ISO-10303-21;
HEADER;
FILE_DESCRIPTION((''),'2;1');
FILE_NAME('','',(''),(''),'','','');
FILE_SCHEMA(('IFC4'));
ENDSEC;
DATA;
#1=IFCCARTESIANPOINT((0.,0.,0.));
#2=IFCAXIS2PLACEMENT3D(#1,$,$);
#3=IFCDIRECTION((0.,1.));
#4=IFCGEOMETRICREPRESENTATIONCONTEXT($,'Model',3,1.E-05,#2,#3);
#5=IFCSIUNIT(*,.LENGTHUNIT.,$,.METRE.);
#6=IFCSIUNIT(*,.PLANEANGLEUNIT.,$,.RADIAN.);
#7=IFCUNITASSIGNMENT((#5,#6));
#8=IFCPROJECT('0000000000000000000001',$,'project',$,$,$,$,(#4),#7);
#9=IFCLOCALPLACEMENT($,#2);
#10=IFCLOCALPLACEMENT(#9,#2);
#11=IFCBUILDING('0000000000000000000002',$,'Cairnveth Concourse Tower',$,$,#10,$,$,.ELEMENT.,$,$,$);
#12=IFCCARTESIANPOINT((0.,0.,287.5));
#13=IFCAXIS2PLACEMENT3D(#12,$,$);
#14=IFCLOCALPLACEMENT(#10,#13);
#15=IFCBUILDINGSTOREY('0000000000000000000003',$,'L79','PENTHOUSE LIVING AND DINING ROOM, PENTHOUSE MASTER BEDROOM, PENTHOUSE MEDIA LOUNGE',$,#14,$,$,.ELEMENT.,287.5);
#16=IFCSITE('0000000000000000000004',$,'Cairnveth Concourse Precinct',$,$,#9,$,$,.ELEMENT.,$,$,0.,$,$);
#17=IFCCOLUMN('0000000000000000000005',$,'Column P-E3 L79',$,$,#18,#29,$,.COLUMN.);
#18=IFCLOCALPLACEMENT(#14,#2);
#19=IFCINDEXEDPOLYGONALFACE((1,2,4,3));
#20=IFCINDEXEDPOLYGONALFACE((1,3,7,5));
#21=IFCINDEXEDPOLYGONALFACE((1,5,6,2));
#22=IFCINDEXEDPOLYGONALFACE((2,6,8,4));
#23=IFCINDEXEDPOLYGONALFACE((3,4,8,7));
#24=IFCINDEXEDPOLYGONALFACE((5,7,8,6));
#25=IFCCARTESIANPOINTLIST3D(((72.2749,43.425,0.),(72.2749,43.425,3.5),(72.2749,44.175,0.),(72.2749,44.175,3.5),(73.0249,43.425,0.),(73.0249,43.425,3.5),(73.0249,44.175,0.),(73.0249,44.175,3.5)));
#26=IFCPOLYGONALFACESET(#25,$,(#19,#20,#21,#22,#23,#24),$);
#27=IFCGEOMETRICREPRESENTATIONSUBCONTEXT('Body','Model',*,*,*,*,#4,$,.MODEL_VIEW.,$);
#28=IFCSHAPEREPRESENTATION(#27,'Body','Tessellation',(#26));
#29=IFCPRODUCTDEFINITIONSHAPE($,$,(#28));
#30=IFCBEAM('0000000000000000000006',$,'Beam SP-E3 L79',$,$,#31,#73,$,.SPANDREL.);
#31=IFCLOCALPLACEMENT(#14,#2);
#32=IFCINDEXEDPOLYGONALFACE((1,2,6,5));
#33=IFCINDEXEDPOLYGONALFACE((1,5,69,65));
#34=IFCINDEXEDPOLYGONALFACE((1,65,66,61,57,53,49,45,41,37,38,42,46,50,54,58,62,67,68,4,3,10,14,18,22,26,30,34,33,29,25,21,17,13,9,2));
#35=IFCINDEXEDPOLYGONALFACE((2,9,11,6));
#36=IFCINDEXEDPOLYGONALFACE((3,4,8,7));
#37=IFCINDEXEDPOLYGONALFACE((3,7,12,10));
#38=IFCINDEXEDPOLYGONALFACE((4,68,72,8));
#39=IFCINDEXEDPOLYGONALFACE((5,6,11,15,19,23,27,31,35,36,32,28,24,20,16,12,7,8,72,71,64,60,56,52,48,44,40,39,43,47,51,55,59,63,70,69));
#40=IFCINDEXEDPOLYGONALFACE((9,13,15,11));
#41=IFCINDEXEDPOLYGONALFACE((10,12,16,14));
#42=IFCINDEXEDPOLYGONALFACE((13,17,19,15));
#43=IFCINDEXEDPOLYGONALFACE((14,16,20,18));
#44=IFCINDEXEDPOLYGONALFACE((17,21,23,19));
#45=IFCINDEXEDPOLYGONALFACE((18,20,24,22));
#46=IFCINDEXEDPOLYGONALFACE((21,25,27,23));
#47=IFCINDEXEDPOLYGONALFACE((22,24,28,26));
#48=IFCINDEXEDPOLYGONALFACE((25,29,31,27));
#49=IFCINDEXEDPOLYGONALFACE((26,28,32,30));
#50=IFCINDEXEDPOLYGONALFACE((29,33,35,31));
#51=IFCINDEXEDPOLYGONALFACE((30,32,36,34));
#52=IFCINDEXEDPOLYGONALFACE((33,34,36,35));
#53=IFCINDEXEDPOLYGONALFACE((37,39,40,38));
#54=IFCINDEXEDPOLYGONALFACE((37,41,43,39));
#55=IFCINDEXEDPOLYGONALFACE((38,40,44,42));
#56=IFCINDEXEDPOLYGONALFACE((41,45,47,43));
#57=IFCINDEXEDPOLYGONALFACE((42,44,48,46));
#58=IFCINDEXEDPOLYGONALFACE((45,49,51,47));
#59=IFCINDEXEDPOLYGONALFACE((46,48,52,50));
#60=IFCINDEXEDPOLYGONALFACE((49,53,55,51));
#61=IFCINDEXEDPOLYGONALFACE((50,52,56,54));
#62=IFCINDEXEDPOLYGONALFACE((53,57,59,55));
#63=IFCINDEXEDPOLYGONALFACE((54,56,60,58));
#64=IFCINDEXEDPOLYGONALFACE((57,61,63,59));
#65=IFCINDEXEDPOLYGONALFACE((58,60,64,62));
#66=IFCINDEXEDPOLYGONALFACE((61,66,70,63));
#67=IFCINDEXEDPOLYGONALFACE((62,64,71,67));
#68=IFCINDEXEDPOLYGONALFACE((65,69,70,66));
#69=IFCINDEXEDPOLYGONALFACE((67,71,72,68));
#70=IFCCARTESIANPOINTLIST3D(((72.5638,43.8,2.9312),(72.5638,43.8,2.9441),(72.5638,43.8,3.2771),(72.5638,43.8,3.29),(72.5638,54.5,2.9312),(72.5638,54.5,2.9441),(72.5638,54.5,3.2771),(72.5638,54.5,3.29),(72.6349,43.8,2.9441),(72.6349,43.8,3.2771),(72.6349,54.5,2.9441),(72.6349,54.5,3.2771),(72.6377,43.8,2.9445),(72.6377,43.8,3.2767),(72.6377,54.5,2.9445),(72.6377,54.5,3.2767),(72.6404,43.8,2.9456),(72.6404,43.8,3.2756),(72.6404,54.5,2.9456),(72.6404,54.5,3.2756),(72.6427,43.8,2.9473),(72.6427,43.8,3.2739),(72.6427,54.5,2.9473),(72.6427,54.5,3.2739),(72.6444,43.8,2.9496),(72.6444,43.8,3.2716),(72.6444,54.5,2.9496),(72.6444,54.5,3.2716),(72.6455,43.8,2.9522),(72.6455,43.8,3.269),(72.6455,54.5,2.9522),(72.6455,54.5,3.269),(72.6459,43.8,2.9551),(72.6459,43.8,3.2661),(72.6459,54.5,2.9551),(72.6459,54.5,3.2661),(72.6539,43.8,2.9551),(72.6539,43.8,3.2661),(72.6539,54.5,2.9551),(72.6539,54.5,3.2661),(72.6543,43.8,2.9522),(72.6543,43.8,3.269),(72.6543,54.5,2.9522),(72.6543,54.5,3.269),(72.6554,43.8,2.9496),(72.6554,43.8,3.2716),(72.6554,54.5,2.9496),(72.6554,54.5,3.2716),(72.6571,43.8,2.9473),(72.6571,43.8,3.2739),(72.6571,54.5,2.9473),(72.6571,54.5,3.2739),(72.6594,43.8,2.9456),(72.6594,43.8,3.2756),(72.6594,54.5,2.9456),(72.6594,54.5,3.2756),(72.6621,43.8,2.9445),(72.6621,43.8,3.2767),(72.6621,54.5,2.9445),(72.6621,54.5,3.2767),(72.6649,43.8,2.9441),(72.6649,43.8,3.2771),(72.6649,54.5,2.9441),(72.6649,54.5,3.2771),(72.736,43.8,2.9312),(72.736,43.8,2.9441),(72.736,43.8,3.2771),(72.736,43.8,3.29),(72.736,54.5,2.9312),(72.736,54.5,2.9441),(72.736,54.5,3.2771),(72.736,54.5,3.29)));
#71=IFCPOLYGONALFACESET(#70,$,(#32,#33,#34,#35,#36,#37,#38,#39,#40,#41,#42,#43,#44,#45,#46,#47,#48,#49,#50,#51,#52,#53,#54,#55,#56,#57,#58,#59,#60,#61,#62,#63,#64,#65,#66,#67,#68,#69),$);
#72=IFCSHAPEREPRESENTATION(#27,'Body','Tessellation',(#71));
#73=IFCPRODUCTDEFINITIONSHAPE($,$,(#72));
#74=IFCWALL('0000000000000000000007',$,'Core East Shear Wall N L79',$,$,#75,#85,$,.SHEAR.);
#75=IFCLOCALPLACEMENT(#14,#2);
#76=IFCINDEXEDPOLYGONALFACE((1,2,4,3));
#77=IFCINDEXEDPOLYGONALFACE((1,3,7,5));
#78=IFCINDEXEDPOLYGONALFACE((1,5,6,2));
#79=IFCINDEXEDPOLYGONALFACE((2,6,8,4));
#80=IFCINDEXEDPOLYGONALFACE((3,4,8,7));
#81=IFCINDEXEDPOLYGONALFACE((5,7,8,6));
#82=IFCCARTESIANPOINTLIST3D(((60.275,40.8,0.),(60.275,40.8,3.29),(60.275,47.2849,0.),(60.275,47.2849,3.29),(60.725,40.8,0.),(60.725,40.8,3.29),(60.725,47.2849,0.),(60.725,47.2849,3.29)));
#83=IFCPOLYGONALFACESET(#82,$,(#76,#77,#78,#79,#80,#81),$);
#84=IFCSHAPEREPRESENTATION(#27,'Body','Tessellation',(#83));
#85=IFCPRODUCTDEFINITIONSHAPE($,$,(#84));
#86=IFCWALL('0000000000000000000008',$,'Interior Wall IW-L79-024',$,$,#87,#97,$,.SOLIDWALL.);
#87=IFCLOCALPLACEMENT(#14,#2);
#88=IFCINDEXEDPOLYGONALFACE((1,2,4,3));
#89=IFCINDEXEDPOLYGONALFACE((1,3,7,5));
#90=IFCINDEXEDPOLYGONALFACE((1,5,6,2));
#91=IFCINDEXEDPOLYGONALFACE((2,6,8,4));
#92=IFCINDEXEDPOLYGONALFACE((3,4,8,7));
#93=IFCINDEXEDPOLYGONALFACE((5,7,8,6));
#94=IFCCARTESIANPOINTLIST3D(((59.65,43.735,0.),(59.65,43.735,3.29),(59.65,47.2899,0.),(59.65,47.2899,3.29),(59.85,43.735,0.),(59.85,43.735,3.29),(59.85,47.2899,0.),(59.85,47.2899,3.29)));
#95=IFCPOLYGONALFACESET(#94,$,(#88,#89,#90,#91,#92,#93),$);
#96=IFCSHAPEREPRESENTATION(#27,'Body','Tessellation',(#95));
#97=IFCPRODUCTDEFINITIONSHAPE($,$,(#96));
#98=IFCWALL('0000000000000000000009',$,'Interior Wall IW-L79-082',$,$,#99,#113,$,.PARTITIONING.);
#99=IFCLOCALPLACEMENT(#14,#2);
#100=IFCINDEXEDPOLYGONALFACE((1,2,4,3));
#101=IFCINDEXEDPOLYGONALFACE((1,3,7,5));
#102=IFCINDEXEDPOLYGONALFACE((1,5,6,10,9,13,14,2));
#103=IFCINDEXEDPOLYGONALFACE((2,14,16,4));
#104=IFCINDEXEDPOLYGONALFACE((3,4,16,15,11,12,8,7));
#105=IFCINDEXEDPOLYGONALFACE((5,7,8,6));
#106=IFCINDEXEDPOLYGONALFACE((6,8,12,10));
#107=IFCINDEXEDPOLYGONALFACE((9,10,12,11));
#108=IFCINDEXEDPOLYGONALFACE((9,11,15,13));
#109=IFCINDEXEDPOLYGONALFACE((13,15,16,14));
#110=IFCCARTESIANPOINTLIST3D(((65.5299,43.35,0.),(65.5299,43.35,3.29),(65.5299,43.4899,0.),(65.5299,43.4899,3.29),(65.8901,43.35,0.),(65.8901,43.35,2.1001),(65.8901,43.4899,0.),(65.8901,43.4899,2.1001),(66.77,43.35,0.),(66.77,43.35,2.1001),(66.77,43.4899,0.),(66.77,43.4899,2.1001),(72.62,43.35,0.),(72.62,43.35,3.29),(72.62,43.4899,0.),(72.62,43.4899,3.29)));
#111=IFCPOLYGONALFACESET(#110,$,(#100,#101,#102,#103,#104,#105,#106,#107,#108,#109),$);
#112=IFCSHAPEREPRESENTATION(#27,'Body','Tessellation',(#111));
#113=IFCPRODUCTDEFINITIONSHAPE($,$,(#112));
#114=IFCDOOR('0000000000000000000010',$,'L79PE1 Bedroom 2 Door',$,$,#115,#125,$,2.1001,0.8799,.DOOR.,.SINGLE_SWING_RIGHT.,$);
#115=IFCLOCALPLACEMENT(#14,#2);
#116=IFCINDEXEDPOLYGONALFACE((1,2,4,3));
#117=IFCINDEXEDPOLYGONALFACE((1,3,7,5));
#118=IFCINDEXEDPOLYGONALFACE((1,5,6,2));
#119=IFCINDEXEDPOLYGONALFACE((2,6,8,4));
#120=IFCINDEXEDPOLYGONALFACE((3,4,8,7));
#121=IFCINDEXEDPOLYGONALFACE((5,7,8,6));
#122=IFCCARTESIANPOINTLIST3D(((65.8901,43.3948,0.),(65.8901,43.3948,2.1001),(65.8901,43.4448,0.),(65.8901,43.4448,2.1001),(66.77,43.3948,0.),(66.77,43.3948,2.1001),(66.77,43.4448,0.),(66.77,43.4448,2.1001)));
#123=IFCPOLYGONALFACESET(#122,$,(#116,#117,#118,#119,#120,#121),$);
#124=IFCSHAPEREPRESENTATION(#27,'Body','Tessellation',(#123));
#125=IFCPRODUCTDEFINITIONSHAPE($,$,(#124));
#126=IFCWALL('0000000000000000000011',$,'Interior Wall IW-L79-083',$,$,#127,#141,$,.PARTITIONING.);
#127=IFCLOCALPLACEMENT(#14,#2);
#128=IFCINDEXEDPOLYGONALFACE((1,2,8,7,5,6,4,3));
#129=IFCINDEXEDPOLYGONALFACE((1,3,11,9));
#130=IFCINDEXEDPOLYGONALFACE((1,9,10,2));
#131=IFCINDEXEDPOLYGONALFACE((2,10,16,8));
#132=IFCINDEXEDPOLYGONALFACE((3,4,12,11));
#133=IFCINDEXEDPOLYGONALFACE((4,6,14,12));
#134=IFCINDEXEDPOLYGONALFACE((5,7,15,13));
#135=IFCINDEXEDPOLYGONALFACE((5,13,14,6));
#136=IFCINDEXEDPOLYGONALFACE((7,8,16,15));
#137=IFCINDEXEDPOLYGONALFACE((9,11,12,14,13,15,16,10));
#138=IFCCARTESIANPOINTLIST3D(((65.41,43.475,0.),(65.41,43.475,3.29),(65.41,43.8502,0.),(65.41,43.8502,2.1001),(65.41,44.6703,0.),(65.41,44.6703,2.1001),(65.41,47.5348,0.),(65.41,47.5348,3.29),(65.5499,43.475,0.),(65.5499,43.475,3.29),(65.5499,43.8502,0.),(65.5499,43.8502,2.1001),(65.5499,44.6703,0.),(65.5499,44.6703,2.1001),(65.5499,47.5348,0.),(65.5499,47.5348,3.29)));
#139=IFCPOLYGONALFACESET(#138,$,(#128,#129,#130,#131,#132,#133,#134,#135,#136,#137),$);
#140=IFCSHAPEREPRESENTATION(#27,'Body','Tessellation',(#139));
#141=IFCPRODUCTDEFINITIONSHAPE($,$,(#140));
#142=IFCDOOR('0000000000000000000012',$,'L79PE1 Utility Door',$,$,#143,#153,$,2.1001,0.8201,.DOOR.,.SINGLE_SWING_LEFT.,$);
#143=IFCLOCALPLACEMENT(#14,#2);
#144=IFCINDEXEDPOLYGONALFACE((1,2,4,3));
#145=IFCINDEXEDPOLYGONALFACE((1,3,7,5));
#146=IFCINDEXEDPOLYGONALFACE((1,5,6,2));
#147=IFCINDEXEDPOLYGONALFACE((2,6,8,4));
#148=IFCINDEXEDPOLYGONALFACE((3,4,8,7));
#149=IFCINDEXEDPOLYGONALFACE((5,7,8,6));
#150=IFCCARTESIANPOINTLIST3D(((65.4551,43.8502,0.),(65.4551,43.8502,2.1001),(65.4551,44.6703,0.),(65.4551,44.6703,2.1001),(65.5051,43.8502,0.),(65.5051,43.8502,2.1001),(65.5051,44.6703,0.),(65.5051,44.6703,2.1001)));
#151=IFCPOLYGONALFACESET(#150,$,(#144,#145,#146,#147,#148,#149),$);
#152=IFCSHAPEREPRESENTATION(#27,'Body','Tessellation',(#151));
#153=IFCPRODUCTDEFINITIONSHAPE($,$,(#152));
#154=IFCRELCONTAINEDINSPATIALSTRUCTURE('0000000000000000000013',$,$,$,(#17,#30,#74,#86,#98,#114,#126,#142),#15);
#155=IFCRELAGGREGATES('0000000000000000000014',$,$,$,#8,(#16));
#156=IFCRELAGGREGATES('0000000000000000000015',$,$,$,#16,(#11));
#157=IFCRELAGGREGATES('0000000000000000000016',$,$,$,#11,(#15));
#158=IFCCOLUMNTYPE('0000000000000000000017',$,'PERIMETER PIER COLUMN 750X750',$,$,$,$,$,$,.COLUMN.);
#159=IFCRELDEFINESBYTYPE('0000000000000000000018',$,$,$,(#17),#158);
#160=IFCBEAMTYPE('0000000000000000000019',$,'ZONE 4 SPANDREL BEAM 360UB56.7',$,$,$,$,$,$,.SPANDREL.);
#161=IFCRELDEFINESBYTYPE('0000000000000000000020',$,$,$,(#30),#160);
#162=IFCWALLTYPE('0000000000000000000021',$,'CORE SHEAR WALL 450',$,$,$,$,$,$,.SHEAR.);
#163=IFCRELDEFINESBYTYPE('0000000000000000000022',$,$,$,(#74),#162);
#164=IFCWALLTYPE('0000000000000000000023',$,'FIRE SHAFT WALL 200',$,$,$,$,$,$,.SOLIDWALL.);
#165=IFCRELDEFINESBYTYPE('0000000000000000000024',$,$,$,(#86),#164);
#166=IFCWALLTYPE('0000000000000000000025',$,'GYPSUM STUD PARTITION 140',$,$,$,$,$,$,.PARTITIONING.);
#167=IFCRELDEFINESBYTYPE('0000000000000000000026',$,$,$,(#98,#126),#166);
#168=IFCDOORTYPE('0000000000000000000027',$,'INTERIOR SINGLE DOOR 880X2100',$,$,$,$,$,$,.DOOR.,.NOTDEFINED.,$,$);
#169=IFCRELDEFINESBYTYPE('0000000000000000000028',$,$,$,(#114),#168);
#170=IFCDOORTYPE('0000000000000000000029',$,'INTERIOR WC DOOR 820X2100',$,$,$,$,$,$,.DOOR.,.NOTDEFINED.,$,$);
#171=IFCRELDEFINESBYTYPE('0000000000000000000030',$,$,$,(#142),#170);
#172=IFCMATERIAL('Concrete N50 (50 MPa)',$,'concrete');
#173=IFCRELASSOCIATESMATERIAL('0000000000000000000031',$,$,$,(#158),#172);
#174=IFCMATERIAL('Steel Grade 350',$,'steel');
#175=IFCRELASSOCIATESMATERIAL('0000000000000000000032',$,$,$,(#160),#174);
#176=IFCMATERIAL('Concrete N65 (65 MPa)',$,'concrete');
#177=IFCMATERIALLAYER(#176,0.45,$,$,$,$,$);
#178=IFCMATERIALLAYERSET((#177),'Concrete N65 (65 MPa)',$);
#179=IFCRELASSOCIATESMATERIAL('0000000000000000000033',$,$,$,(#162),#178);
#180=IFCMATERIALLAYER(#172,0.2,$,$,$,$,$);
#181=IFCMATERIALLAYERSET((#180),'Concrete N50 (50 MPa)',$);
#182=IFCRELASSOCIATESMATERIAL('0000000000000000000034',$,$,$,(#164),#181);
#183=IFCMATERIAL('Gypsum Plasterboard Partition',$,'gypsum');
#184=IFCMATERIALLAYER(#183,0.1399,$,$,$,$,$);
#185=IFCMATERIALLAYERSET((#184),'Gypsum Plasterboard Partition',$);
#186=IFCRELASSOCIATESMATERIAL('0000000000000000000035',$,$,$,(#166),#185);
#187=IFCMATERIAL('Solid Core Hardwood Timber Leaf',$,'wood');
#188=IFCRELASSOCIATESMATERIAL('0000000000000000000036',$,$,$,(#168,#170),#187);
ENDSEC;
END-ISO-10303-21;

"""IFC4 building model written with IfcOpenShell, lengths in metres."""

from ifc_helpers import new_model, si_unit, direction, frame, frame_2d, origin, origin_2d, place, context, subcontext, project, spatial, rectangle, i_section, extrude, material, layer, layer_set, material_profile, profile_set, type_object, element, fill, save


model = new_model("IFC4")

# Units and contexts
model_context = context("Model", 3, precision=1e-05, world=origin(), true_north=direction((0.0, 1.0)))
body_context = subcontext(model_context, "Body", "Model", "MODEL_VIEW")
ifc_project = project(units=[si_unit("LENGTHUNIT", "METRE"), si_unit("PLANEANGLEUNIT", "RADIAN")], contexts=[model_context])

# Site, building, storey
site_placement = place(None, origin())
site = spatial("IfcSite", under=ifc_project, at=site_placement, Name="Cairnveth Concourse Precinct", CompositionType="ELEMENT", RefElevation=0.0)
building_placement = place(site_placement, origin())
building = spatial("IfcBuilding", under=site, at=building_placement, Name="Cairnveth Concourse Tower", CompositionType="ELEMENT")
storey_placement = place(building_placement, frame((0.0, 0.0, 287.5)))
storey = spatial("IfcBuildingStorey", under=building, at=storey_placement, Name="L79", Description="PENTHOUSE LIVING AND DINING ROOM, PENTHOUSE MASTER BEDROOM, PENTHOUSE MEDIA LOUNGE", CompositionType="ELEMENT", Elevation=287.5)

# Column
ifc_material_1 = material(Name="Concrete N50 (50 MPa)", Category="concrete")
ifc_material_profile_1 = material_profile(ifc_material_1, rectangle(XDim=0.75, YDim=0.75, at=origin_2d()), Name="RC-COL-750x750")
ifc_profile_set_1 = profile_set([ifc_material_profile_1], Name="Concrete N50 (50 MPa)")
column_type = type_object("IfcColumnType", Name="PERIMETER PIER COLUMN 750X750", PredefinedType="COLUMN", material=ifc_profile_set_1)
column_placement = place(storey_placement, frame((72.6499, 43.8, 0.0), z_axis=(0.0, 0.0, 1.0), x_axis=(0.0, 1.0, 0.0)))
element("IfcColumn", 1, at=column_placement, inside=storey, type_object=column_type, Name="Column P-E3 L79", PredefinedType="COLUMN", context=body_context, shape_type="SweptSolid", body=[
    extrude(rectangle(XDim=0.75, YDim=0.75, at=origin_2d()), origin(), (0.0, 0.0, 1.0), 3.5),
])

# Beam
ifc_material_2 = material(Name="Steel Grade 350", Category="steel")
ifc_material_profile_2 = material_profile(ifc_material_2, i_section(OverallWidth=0.1721, OverallDepth=0.3589, WebThickness=0.0081, FlangeThickness=0.0129, FilletRadius=0.011, at=origin_2d()), Name="360UB56.7")
ifc_profile_set_2 = profile_set([ifc_material_profile_2], Name="Steel Grade 350")
beam_type = type_object("IfcBeamType", Name="ZONE 4 SPANDREL BEAM 360UB56.7", PredefinedType="SPANDREL", material=ifc_profile_set_2)
beam_placement = place(storey_placement, frame((72.6499, 43.8, 3.1106), z_axis=(0.0, 1.0, 0.0), x_axis=(-1.0, 0.0, 0.0)))
element("IfcBeam", 2, at=beam_placement, inside=storey, type_object=beam_type, Name="Beam SP-E3 L79", PredefinedType="SPANDREL", context=body_context, shape_type="SweptSolid", body=[
    extrude(i_section(OverallWidth=0.1721, OverallDepth=0.3589, WebThickness=0.0081, FlangeThickness=0.0129, FilletRadius=0.011, at=origin_2d()), origin(), (0.0, 0.0, 1.0), 10.7),
])

# Wall
ifc_material_3 = material(Name="Concrete N65 (65 MPa)", Category="concrete")
ifc_layer_1 = layer(ifc_material_3, 0.45)
ifc_layer_set_1 = layer_set([ifc_layer_1], Name="Concrete N65 (65 MPa)")
wall_type_1 = type_object("IfcWallType", Name="CORE SHEAR WALL 450", PredefinedType="SHEAR", material=ifc_layer_set_1)
wall_1_placement = place(storey_placement, frame((60.5, 40.8, 0.0), z_axis=(0.0, 0.0, 1.0), x_axis=(0.0, 1.0, 0.0)))
element("IfcWall", 3, at=wall_1_placement, inside=storey, type_object=wall_type_1, Name="Core East Shear Wall N L79", PredefinedType="SHEAR", context=body_context, shape_type="SweptSolid", body=[
    extrude(rectangle(XDim=6.4849, YDim=0.45, at=frame_2d((3.2424, 0.0))), origin(), (0.0, 0.0, 1.0), 3.29),
])

# Shared definitions
ifc_layer_2 = layer(ifc_material_1, 0.2)
ifc_layer_set_2 = layer_set([ifc_layer_2], Name="Concrete N50 (50 MPa)")
wall_type_2 = type_object("IfcWallType", Name="FIRE SHAFT WALL 200", PredefinedType="SOLIDWALL", material=ifc_layer_set_2)

# Wall
wall_2_placement = place(storey_placement, frame((59.75, 43.7351, 0.0), z_axis=(0.0, 0.0, 1.0), x_axis=(0.0, 1.0, 0.0)))
element("IfcWall", 4, at=wall_2_placement, inside=storey, type_object=wall_type_2, Name="Interior Wall IW-L79-024", PredefinedType="SOLIDWALL", context=body_context, shape_type="SweptSolid", body=[
    extrude(rectangle(XDim=3.5549, YDim=0.2, at=frame_2d((1.7773, 0.0))), origin(), (0.0, 0.0, 1.0), 3.29),
])

# Walls, openings, doors
ifc_material_4 = material(Name="Gypsum Plasterboard Partition", Category="gypsum")
ifc_layer_3 = layer(ifc_material_4, 0.1399)
ifc_layer_set_3 = layer_set([ifc_layer_3], Name="Gypsum Plasterboard Partition")
wall_type_3 = type_object("IfcWallType", Name="GYPSUM STUD PARTITION 140", PredefinedType="PARTITIONING", material=ifc_layer_set_3)
wall_3_placement = place(storey_placement, frame((65.53, 43.4199, 0.0), z_axis=(0.0, 0.0, 1.0), x_axis=(1.0, 0.0, 0.0)))
wall_3 = element("IfcWall", 5, at=wall_3_placement, inside=storey, type_object=wall_type_3, Name="Interior Wall IW-L79-082", PredefinedType="PARTITIONING", context=body_context, shape_type="SweptSolid", body=[
    extrude(rectangle(XDim=7.0901, YDim=0.1399, at=frame_2d((3.5449, 0.0))), origin(), (0.0, 0.0, 1.0), 3.29),
])
opening_1_placement = place(wall_3_placement, frame((0.3601, 0.0, 0.0)))
opening_1 = element("IfcOpeningElement", 6, at=opening_1_placement, cuts=wall_3, PredefinedType="OPENING", context=body_context, shape_type="SweptSolid", body=[
    extrude(rectangle(XDim=0.8799, YDim=2.1001, at=frame_2d((0.4399, 1.05))), frame((0.0, 0.0798, 0.0), z_axis=(0.0, -1.0, 0.0), x_axis=(1.0, 0.0, 0.0)), (0.0, 0.0, 1.0), 0.1599),
])
ifc_material_5 = material(Name="Solid Core Hardwood Timber Leaf", Category="wood")
door_type_1 = type_object("IfcDoorType", Name="INTERIOR SINGLE DOOR 880X2100", OperationType="NOTDEFINED", PredefinedType="DOOR", material=ifc_material_5)
door_1_placement = place(opening_1_placement, origin())
door_1 = element("IfcDoor", 7, at=door_1_placement, inside=storey, type_object=door_type_1, Name="L79PE1 Bedroom 2 Door", OperationType="SINGLE_SWING_RIGHT", OverallHeight=2.1001, OverallWidth=0.8799, PredefinedType="DOOR", context=body_context, shape_type="SweptSolid", body=[
    extrude(rectangle(XDim=0.8799, YDim=2.1001, at=frame_2d((0.4399, 1.05))), frame((0.0, 0.0249, 0.0), z_axis=(0.0, -1.0, 0.0), x_axis=(1.0, 0.0, 0.0)), (0.0, 0.0, 1.0), 0.05),
])
fill(opening_1, door_1)
wall_4_placement = place(storey_placement, frame((65.48, 43.4751, 0.0), z_axis=(0.0, 0.0, 1.0), x_axis=(0.0, 1.0, 0.0)))
wall_4 = element("IfcWall", 8, at=wall_4_placement, inside=storey, type_object=wall_type_3, Name="Interior Wall IW-L79-083", PredefinedType="PARTITIONING", context=body_context, shape_type="SweptSolid", body=[
    extrude(rectangle(XDim=4.0598, YDim=0.1399, at=frame_2d((2.0298, 0.0))), origin(), (0.0, 0.0, 1.0), 3.29),
])
opening_2_placement = place(wall_4_placement, frame((0.375, 0.0, 0.0)))
opening_2 = element("IfcOpeningElement", 9, at=opening_2_placement, cuts=wall_4, PredefinedType="OPENING", context=body_context, shape_type="SweptSolid", body=[
    extrude(rectangle(XDim=0.8201, YDim=2.1001, at=frame_2d((0.4102, 1.05))), frame((0.0, 0.0798, 0.0), z_axis=(0.0, -1.0, 0.0), x_axis=(1.0, 0.0, 0.0)), (0.0, 0.0, 1.0), 0.1599),
])
door_type_2 = type_object("IfcDoorType", Name="INTERIOR WC DOOR 820X2100", OperationType="NOTDEFINED", PredefinedType="DOOR", material=ifc_material_5)
door_2_placement = place(opening_2_placement, origin())
door_2 = element("IfcDoor", 10, at=door_2_placement, inside=storey, type_object=door_type_2, Name="L79PE1 Utility Door", OperationType="SINGLE_SWING_LEFT", OverallHeight=2.1001, OverallWidth=0.8201, PredefinedType="DOOR", context=body_context, shape_type="SweptSolid", body=[
    extrude(rectangle(XDim=0.8201, YDim=2.1001, at=frame_2d((0.4102, 1.05))), frame((0.0, 0.0249, 0.0), z_axis=(0.0, -1.0, 0.0), x_axis=(1.0, 0.0, 0.0)), (0.0, 0.0, 1.0), 0.05),
])
fill(opening_2, door_2)

save(model, "model.ifc")
